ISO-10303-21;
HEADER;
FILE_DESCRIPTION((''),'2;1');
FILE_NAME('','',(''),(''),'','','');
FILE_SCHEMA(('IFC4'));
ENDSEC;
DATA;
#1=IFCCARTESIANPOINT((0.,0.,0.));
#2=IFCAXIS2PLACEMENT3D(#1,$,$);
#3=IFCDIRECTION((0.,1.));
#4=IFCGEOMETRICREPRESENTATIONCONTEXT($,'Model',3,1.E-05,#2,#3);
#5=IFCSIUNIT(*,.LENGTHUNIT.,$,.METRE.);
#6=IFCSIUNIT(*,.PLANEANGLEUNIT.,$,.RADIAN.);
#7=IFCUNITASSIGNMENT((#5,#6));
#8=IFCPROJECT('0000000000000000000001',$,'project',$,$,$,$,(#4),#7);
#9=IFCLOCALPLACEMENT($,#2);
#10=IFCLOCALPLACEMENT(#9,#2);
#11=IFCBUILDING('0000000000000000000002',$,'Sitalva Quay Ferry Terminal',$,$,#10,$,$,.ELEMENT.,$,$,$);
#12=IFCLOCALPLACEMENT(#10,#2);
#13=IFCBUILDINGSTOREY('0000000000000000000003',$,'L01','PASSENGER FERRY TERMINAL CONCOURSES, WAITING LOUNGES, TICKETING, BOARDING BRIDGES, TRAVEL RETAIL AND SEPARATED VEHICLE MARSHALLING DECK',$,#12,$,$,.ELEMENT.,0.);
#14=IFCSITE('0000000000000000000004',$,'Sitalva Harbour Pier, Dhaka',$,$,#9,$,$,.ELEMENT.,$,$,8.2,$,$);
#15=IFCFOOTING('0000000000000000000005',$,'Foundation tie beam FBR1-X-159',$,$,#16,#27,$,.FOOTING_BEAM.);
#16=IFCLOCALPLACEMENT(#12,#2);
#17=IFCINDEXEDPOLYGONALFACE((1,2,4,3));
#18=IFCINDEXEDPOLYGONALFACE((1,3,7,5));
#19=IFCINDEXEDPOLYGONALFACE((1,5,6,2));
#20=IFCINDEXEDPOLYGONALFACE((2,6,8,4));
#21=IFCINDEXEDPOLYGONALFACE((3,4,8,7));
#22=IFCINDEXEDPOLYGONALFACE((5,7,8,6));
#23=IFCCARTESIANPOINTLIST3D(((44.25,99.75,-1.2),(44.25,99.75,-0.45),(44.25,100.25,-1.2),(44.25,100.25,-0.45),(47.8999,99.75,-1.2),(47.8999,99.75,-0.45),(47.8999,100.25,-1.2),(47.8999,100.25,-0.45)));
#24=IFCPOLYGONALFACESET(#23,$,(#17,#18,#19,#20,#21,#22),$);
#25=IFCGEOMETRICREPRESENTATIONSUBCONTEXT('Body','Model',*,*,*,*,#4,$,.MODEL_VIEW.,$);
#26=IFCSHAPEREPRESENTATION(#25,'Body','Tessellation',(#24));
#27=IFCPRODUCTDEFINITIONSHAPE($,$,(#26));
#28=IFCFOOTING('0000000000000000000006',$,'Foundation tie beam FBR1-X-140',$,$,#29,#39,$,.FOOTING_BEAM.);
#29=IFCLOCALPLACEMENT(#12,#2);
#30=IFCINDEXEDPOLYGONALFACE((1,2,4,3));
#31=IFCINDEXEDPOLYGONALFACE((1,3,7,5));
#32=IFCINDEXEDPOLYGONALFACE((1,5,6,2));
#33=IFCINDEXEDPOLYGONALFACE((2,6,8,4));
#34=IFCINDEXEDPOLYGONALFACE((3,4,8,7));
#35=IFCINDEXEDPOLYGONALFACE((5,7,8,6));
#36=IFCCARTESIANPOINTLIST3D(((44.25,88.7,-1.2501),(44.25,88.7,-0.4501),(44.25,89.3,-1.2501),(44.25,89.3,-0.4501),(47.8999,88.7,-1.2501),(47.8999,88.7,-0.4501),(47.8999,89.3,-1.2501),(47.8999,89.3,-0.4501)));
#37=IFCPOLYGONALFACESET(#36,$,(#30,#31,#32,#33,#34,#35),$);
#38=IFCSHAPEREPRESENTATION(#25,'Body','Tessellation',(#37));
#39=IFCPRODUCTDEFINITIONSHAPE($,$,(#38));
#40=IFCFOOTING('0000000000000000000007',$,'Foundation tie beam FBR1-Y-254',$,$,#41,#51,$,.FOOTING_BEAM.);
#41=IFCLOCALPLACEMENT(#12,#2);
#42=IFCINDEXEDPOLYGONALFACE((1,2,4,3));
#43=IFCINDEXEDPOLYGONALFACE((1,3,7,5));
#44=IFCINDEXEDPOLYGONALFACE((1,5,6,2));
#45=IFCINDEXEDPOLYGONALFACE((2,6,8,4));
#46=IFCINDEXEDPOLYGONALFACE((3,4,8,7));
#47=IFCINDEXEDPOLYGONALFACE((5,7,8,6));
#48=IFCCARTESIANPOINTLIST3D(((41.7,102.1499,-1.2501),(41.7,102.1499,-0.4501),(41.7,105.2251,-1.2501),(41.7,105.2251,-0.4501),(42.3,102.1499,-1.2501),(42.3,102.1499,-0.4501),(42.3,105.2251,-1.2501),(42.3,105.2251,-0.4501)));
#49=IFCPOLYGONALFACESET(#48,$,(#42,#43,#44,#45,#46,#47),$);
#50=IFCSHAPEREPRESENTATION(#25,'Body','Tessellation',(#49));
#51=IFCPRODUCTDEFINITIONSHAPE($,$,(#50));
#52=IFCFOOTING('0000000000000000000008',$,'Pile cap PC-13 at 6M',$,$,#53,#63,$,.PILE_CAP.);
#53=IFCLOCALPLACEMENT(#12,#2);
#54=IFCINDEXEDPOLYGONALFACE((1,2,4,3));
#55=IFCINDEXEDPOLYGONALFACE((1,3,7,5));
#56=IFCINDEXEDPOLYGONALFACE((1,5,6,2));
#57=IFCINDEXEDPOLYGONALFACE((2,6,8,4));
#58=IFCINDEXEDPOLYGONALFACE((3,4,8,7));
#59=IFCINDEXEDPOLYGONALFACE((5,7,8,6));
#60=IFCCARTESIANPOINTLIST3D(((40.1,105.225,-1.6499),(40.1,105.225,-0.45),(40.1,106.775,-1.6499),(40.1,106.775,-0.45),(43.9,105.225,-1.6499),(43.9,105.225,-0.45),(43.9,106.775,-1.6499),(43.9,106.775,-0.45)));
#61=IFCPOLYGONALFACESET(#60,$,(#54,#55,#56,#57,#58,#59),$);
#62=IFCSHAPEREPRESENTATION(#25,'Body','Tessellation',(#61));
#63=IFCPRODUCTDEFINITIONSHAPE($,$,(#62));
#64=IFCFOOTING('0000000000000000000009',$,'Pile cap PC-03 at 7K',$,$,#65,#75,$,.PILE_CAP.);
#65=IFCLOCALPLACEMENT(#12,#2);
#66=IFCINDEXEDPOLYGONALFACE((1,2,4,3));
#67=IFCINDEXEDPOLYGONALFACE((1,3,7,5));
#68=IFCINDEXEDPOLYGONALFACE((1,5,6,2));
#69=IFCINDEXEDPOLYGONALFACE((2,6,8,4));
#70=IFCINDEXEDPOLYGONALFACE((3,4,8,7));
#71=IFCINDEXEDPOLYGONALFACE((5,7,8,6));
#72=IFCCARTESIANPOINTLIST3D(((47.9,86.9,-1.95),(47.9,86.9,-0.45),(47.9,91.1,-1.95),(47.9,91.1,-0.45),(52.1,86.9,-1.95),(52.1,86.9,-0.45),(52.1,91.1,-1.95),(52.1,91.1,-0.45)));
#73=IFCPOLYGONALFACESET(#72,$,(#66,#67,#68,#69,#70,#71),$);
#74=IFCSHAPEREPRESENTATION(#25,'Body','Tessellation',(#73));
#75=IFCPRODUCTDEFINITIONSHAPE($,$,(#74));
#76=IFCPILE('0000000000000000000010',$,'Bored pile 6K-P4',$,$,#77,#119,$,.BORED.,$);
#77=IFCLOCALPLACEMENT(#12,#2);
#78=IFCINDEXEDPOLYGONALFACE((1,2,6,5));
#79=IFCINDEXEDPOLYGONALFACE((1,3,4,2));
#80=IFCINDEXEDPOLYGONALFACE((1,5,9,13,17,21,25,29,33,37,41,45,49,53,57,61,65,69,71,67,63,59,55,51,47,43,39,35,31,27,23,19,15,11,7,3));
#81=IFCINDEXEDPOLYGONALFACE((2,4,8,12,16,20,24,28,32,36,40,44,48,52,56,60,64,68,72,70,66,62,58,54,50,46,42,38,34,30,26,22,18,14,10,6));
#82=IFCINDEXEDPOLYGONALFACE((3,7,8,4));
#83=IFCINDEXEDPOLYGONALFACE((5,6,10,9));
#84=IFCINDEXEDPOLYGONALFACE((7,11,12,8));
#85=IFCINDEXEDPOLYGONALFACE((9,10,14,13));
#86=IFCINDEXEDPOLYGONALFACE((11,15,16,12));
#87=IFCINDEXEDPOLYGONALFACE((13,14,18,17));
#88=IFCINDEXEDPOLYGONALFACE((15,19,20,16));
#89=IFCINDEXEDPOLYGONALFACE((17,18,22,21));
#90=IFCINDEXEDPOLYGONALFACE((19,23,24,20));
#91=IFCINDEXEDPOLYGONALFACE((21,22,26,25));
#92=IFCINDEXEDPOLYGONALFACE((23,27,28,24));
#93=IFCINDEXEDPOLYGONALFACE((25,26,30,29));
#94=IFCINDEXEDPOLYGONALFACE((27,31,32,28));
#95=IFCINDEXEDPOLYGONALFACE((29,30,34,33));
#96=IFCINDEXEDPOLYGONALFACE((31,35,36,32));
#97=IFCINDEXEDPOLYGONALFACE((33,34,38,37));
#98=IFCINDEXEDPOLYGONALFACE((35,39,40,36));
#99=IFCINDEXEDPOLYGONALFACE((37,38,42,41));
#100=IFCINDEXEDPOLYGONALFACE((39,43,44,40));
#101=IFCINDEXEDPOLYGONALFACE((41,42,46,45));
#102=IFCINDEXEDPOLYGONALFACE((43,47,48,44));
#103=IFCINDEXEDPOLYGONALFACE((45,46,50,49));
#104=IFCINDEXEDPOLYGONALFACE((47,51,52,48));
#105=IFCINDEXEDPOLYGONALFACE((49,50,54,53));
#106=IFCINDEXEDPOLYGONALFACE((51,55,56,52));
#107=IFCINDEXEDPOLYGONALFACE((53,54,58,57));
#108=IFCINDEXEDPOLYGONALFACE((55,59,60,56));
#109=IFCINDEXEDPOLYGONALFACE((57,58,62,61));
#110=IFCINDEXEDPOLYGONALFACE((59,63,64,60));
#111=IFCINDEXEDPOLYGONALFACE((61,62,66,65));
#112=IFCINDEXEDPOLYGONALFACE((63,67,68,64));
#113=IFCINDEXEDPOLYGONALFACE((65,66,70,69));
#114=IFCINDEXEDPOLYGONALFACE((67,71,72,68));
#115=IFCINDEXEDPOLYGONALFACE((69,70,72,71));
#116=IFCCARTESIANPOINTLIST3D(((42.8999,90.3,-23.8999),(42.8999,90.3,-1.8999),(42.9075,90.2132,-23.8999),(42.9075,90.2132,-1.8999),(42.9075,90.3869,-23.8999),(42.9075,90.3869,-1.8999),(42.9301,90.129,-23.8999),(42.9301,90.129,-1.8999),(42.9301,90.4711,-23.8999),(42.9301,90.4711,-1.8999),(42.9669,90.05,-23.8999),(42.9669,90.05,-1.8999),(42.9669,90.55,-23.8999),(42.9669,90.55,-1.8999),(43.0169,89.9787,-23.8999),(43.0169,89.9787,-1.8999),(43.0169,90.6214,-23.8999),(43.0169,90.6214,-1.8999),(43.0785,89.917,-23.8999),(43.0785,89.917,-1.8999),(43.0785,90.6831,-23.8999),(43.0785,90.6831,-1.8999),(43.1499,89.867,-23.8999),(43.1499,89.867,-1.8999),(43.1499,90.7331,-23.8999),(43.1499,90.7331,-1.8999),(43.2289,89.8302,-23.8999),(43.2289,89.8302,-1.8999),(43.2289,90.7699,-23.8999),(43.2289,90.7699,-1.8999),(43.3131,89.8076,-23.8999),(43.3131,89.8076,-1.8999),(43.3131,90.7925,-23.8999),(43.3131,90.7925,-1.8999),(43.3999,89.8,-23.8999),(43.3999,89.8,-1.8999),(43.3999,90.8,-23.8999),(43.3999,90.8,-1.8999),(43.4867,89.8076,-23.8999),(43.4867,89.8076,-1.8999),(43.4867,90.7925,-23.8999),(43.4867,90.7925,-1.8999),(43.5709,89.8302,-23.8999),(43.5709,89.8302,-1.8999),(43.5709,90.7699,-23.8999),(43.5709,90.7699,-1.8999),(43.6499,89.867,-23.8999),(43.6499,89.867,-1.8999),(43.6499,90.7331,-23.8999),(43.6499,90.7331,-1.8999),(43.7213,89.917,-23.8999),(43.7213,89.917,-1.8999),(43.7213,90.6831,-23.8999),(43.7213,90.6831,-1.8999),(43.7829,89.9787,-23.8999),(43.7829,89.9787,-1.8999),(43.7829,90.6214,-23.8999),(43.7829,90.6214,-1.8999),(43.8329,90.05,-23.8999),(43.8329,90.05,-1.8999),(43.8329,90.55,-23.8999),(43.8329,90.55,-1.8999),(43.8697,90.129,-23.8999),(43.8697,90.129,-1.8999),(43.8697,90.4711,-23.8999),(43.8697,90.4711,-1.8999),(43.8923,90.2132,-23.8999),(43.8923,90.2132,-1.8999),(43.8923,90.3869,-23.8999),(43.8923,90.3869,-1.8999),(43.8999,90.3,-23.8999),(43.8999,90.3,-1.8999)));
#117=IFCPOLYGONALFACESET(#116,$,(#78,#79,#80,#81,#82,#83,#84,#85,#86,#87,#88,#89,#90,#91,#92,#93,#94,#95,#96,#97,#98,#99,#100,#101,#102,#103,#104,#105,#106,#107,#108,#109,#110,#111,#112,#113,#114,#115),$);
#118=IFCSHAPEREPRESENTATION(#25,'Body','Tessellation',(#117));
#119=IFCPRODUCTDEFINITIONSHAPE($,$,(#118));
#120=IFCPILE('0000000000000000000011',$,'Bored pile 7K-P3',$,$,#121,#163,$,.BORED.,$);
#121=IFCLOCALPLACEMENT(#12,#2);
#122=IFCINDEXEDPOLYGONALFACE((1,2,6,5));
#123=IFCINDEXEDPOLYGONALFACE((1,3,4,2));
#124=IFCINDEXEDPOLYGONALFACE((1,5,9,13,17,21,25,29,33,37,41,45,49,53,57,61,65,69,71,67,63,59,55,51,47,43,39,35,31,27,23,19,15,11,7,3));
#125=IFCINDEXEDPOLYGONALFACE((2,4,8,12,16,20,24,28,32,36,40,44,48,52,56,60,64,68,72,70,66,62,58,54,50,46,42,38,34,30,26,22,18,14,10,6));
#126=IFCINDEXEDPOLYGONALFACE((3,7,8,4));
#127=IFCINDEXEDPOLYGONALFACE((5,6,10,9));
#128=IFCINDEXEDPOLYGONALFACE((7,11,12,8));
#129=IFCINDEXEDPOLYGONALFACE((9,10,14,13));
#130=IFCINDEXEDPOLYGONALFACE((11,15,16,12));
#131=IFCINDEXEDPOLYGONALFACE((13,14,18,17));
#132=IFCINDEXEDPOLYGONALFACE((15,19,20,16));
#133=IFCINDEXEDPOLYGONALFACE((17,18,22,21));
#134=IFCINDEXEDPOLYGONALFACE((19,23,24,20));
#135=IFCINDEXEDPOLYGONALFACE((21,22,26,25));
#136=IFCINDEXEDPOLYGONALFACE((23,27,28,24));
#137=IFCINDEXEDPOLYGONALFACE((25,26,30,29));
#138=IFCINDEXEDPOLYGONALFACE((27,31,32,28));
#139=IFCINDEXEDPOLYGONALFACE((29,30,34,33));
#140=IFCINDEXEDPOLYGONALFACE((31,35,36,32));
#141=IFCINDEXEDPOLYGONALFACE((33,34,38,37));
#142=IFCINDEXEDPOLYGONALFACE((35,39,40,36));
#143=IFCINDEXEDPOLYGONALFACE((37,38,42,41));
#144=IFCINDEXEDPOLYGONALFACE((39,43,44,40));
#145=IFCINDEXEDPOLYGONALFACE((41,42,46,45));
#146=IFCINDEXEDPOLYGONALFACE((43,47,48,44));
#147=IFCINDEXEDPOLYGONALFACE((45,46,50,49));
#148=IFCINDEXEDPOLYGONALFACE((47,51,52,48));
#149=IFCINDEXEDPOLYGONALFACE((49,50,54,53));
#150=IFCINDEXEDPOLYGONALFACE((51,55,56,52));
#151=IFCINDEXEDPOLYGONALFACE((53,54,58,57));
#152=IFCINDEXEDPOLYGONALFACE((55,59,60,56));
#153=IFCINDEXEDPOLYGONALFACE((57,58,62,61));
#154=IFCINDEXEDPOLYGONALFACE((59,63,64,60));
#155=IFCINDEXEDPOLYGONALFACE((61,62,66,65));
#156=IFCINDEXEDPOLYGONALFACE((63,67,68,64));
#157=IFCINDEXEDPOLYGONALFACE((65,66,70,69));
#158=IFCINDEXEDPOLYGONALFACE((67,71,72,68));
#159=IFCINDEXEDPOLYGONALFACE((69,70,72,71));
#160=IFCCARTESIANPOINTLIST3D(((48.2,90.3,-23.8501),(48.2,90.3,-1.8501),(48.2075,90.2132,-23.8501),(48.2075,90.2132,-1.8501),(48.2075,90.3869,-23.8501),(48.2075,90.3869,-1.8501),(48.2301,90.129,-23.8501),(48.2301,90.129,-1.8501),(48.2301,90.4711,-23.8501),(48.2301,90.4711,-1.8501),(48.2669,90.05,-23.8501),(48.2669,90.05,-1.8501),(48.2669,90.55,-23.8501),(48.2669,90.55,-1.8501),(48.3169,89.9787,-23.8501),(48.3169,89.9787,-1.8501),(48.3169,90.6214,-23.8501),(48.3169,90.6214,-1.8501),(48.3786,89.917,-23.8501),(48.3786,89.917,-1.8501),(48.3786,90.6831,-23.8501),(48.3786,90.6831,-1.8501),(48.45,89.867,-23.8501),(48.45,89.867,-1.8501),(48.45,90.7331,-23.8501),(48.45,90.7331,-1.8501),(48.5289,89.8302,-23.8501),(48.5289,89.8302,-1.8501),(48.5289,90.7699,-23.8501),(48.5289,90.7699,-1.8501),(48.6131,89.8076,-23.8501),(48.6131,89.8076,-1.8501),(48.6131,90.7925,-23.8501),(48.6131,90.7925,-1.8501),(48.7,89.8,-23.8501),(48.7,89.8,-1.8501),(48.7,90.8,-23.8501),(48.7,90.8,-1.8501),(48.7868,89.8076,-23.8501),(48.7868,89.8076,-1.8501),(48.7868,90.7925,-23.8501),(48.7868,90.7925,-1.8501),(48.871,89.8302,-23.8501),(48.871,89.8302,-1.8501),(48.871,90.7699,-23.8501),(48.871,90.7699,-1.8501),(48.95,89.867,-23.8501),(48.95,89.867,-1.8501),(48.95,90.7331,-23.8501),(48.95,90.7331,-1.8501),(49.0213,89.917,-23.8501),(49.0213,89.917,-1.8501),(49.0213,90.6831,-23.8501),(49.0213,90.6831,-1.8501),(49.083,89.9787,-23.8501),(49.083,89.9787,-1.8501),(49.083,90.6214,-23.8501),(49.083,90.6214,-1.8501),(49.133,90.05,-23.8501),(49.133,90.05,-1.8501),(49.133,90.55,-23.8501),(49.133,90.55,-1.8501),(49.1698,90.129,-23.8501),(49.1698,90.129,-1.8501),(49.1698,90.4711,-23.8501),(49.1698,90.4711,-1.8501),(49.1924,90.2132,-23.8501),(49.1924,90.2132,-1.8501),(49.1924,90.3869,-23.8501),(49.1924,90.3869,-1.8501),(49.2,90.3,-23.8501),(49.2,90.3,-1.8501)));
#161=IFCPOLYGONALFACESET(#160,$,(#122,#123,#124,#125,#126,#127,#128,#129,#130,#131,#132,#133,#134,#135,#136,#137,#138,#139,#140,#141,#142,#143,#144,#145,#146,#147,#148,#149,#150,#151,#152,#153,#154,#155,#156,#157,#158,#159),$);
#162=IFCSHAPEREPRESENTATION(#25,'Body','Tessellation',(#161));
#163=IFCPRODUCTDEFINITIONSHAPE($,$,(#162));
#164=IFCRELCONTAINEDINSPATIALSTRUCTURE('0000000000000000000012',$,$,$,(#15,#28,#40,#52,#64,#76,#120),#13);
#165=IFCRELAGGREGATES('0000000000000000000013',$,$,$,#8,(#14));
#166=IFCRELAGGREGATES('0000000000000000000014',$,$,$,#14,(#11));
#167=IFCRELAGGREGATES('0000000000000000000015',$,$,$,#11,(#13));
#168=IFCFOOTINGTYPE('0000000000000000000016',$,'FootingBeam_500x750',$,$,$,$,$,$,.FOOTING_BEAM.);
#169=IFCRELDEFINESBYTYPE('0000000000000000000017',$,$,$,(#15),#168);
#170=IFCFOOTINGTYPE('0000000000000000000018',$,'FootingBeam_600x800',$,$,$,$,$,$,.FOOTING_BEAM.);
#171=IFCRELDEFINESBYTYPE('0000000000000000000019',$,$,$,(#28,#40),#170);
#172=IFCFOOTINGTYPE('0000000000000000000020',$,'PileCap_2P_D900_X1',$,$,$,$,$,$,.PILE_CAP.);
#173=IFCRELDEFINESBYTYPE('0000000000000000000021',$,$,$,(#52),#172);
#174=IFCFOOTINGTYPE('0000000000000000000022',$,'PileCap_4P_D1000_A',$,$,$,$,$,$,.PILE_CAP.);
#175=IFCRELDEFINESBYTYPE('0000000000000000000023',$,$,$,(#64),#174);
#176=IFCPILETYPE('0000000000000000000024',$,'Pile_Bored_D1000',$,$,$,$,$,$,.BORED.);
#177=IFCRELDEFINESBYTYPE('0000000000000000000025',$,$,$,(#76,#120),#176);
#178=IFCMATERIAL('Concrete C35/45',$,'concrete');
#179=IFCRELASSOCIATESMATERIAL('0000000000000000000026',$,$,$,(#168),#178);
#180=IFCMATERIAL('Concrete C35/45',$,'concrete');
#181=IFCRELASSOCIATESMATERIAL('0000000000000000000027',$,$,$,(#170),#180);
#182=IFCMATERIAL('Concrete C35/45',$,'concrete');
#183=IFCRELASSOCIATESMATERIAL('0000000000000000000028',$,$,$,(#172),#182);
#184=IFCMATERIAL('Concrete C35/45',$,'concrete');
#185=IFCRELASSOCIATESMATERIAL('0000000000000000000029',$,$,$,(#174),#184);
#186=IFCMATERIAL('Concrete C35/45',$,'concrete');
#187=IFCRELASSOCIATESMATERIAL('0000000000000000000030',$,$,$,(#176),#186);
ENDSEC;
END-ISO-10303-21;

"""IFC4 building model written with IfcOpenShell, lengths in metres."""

from ifc_helpers import new_model, si_unit, direction, frame, origin, origin_2d, place, context, subcontext, project, spatial, rectangle, circle, extrude, material, material_profile, profile_set, type_object, element, save


model = new_model("IFC4")

# Units and contexts
model_context = context("Model", 3, precision=1e-05, world=origin(), true_north=direction((0.0, 1.0)))
body_context = subcontext(model_context, "Body", "Model", "MODEL_VIEW")
ifc_project = project(units=[si_unit("LENGTHUNIT", "METRE"), si_unit("PLANEANGLEUNIT", "RADIAN")], contexts=[model_context])

# Site, building, storey
site_placement = place(None, origin())
site = spatial("IfcSite", under=ifc_project, at=site_placement, Name="Sitalva Harbour Pier, Dhaka", CompositionType="ELEMENT", RefElevation=8.2)
building_placement = place(site_placement, origin())
building = spatial("IfcBuilding", under=site, at=building_placement, Name="Sitalva Quay Ferry Terminal", CompositionType="ELEMENT")
storey_placement = place(building_placement, origin())
storey = spatial("IfcBuildingStorey", under=building, at=storey_placement, Name="L01", Description="PASSENGER FERRY TERMINAL CONCOURSES, WAITING LOUNGES, TICKETING, BOARDING BRIDGES, TRAVEL RETAIL AND SEPARATED VEHICLE MARSHALLING DECK", CompositionType="ELEMENT", Elevation=0.0)

# Footings
ifc_material_1 = material(Name="Concrete C35/45", Category="concrete")
ifc_material_profile_1 = material_profile(ifc_material_1, rectangle(XDim=0.5, YDim=0.75, at=origin_2d()), Name="RC500x750")
ifc_profile_set_1 = profile_set([ifc_material_profile_1], Name="Concrete C35/45")
footing_type_1 = type_object("IfcFootingType", Name="FootingBeam_500x750", PredefinedType="FOOTING_BEAM", material=ifc_profile_set_1)
footing_1_placement = place(storey_placement, frame((44.25, 100.0, -0.825), z_axis=(1.0, 0.0, 0.0), x_axis=(0.0, 1.0, 0.0)))
element("IfcFooting", 1, at=footing_1_placement, inside=storey, type_object=footing_type_1, Name="Foundation tie beam FBR1-X-159", PredefinedType="FOOTING_BEAM", context=body_context, shape_type="SweptSolid", body=[
    extrude(rectangle(XDim=0.5, YDim=0.75, at=origin_2d()), origin(), (0.0, 0.0, 1.0), 3.6499),
])
ifc_material_2 = material(Name="Concrete C35/45", Category="concrete")
ifc_material_profile_2 = material_profile(ifc_material_2, rectangle(XDim=0.6001, YDim=0.8, at=origin_2d()), Name="RC600x800")
ifc_profile_set_2 = profile_set([ifc_material_profile_2], Name="Concrete C35/45")
footing_type_2 = type_object("IfcFootingType", Name="FootingBeam_600x800", PredefinedType="FOOTING_BEAM", material=ifc_profile_set_2)
footing_2_placement = place(storey_placement, frame((44.25, 89.0, -0.8501), z_axis=(1.0, 0.0, 0.0), x_axis=(0.0, 1.0, 0.0)))
element("IfcFooting", 2, at=footing_2_placement, inside=storey, type_object=footing_type_2, Name="Foundation tie beam FBR1-X-140", PredefinedType="FOOTING_BEAM", context=body_context, shape_type="SweptSolid", body=[
    extrude(rectangle(XDim=0.6001, YDim=0.8, at=origin_2d()), origin(), (0.0, 0.0, 1.0), 3.6499),
])
footing_3_placement = place(storey_placement, frame((42.0, 102.1499, -0.8501), z_axis=(0.0, 1.0, 0.0), x_axis=(-1.0, 0.0, 0.0)))
element("IfcFooting", 3, at=footing_3_placement, inside=storey, type_object=footing_type_2, Name="Foundation tie beam FBR1-Y-254", PredefinedType="FOOTING_BEAM", context=body_context, shape_type="SweptSolid", body=[
    extrude(rectangle(XDim=0.6001, YDim=0.8, at=origin_2d()), origin(), (0.0, 0.0, 1.0), 3.0752),
])
ifc_material_3 = material(Name="Concrete C35/45", Category="concrete")
footing_type_3 = type_object("IfcFootingType", Name="PileCap_2P_D900_X1", PredefinedType="PILE_CAP", material=ifc_material_3)
footing_4_placement = place(storey_placement, frame((42.0, 106.0, -1.6499), z_axis=(0.0, 0.0, 1.0), x_axis=(1.0, 0.0, 0.0)))
element("IfcFooting", 4, at=footing_4_placement, inside=storey, type_object=footing_type_3, Name="Pile cap PC-13 at 6M", PredefinedType="PILE_CAP", context=body_context, shape_type="SweptSolid", body=[
    extrude(rectangle(XDim=3.8, YDim=1.55, at=origin_2d()), origin(), (0.0, 0.0, 1.0), 1.2),
])
ifc_material_4 = material(Name="Concrete C35/45", Category="concrete")
footing_type_4 = type_object("IfcFootingType", Name="PileCap_4P_D1000_A", PredefinedType="PILE_CAP", material=ifc_material_4)
footing_5_placement = place(storey_placement, frame((50.0, 89.0, -1.95), z_axis=(0.0, 0.0, 1.0), x_axis=(1.0, 0.0, 0.0)))
element("IfcFooting", 5, at=footing_5_placement, inside=storey, type_object=footing_type_4, Name="Pile cap PC-03 at 7K", PredefinedType="PILE_CAP", context=body_context, shape_type="SweptSolid", body=[
    extrude(rectangle(XDim=4.2, YDim=4.2, at=origin_2d()), origin(), (0.0, 0.0, 1.0), 1.5),
])

# Piles
ifc_material_5 = material(Name="Concrete C35/45", Category="concrete")
ifc_material_profile_3 = material_profile(ifc_material_5, circle(Radius=0.5, at=origin_2d()), Name="PILE-D1000")
ifc_profile_set_3 = profile_set([ifc_material_profile_3], Name="Concrete C35/45")
pile_type = type_object("IfcPileType", Name="Pile_Bored_D1000", PredefinedType="BORED", material=ifc_profile_set_3)
for number, where, z_axis, x_axis, name in (
    (6, (43.3999, 90.3, -1.8999), (0.0, 0.0, -1.0), (1.0, 0.0, 0.0), "Bored pile 6K-P4"),
    (7, (48.7, 90.3, -1.8501), (0.0, 0.0, -1.0), (1.0, 0.0, 0.0), "Bored pile 7K-P3"),
):
    element("IfcPile", number, at=place(storey_placement, frame(where, z_axis=z_axis, x_axis=x_axis)), inside=storey, type_object=pile_type, Name=name, PredefinedType="BORED", context=body_context, shape_type="SweptSolid", body=[
        extrude(circle(Radius=0.5, at=origin_2d()), origin(), (0.0, 0.0, 1.0), 22.0),
    ])

save(model, "model.ifc")
